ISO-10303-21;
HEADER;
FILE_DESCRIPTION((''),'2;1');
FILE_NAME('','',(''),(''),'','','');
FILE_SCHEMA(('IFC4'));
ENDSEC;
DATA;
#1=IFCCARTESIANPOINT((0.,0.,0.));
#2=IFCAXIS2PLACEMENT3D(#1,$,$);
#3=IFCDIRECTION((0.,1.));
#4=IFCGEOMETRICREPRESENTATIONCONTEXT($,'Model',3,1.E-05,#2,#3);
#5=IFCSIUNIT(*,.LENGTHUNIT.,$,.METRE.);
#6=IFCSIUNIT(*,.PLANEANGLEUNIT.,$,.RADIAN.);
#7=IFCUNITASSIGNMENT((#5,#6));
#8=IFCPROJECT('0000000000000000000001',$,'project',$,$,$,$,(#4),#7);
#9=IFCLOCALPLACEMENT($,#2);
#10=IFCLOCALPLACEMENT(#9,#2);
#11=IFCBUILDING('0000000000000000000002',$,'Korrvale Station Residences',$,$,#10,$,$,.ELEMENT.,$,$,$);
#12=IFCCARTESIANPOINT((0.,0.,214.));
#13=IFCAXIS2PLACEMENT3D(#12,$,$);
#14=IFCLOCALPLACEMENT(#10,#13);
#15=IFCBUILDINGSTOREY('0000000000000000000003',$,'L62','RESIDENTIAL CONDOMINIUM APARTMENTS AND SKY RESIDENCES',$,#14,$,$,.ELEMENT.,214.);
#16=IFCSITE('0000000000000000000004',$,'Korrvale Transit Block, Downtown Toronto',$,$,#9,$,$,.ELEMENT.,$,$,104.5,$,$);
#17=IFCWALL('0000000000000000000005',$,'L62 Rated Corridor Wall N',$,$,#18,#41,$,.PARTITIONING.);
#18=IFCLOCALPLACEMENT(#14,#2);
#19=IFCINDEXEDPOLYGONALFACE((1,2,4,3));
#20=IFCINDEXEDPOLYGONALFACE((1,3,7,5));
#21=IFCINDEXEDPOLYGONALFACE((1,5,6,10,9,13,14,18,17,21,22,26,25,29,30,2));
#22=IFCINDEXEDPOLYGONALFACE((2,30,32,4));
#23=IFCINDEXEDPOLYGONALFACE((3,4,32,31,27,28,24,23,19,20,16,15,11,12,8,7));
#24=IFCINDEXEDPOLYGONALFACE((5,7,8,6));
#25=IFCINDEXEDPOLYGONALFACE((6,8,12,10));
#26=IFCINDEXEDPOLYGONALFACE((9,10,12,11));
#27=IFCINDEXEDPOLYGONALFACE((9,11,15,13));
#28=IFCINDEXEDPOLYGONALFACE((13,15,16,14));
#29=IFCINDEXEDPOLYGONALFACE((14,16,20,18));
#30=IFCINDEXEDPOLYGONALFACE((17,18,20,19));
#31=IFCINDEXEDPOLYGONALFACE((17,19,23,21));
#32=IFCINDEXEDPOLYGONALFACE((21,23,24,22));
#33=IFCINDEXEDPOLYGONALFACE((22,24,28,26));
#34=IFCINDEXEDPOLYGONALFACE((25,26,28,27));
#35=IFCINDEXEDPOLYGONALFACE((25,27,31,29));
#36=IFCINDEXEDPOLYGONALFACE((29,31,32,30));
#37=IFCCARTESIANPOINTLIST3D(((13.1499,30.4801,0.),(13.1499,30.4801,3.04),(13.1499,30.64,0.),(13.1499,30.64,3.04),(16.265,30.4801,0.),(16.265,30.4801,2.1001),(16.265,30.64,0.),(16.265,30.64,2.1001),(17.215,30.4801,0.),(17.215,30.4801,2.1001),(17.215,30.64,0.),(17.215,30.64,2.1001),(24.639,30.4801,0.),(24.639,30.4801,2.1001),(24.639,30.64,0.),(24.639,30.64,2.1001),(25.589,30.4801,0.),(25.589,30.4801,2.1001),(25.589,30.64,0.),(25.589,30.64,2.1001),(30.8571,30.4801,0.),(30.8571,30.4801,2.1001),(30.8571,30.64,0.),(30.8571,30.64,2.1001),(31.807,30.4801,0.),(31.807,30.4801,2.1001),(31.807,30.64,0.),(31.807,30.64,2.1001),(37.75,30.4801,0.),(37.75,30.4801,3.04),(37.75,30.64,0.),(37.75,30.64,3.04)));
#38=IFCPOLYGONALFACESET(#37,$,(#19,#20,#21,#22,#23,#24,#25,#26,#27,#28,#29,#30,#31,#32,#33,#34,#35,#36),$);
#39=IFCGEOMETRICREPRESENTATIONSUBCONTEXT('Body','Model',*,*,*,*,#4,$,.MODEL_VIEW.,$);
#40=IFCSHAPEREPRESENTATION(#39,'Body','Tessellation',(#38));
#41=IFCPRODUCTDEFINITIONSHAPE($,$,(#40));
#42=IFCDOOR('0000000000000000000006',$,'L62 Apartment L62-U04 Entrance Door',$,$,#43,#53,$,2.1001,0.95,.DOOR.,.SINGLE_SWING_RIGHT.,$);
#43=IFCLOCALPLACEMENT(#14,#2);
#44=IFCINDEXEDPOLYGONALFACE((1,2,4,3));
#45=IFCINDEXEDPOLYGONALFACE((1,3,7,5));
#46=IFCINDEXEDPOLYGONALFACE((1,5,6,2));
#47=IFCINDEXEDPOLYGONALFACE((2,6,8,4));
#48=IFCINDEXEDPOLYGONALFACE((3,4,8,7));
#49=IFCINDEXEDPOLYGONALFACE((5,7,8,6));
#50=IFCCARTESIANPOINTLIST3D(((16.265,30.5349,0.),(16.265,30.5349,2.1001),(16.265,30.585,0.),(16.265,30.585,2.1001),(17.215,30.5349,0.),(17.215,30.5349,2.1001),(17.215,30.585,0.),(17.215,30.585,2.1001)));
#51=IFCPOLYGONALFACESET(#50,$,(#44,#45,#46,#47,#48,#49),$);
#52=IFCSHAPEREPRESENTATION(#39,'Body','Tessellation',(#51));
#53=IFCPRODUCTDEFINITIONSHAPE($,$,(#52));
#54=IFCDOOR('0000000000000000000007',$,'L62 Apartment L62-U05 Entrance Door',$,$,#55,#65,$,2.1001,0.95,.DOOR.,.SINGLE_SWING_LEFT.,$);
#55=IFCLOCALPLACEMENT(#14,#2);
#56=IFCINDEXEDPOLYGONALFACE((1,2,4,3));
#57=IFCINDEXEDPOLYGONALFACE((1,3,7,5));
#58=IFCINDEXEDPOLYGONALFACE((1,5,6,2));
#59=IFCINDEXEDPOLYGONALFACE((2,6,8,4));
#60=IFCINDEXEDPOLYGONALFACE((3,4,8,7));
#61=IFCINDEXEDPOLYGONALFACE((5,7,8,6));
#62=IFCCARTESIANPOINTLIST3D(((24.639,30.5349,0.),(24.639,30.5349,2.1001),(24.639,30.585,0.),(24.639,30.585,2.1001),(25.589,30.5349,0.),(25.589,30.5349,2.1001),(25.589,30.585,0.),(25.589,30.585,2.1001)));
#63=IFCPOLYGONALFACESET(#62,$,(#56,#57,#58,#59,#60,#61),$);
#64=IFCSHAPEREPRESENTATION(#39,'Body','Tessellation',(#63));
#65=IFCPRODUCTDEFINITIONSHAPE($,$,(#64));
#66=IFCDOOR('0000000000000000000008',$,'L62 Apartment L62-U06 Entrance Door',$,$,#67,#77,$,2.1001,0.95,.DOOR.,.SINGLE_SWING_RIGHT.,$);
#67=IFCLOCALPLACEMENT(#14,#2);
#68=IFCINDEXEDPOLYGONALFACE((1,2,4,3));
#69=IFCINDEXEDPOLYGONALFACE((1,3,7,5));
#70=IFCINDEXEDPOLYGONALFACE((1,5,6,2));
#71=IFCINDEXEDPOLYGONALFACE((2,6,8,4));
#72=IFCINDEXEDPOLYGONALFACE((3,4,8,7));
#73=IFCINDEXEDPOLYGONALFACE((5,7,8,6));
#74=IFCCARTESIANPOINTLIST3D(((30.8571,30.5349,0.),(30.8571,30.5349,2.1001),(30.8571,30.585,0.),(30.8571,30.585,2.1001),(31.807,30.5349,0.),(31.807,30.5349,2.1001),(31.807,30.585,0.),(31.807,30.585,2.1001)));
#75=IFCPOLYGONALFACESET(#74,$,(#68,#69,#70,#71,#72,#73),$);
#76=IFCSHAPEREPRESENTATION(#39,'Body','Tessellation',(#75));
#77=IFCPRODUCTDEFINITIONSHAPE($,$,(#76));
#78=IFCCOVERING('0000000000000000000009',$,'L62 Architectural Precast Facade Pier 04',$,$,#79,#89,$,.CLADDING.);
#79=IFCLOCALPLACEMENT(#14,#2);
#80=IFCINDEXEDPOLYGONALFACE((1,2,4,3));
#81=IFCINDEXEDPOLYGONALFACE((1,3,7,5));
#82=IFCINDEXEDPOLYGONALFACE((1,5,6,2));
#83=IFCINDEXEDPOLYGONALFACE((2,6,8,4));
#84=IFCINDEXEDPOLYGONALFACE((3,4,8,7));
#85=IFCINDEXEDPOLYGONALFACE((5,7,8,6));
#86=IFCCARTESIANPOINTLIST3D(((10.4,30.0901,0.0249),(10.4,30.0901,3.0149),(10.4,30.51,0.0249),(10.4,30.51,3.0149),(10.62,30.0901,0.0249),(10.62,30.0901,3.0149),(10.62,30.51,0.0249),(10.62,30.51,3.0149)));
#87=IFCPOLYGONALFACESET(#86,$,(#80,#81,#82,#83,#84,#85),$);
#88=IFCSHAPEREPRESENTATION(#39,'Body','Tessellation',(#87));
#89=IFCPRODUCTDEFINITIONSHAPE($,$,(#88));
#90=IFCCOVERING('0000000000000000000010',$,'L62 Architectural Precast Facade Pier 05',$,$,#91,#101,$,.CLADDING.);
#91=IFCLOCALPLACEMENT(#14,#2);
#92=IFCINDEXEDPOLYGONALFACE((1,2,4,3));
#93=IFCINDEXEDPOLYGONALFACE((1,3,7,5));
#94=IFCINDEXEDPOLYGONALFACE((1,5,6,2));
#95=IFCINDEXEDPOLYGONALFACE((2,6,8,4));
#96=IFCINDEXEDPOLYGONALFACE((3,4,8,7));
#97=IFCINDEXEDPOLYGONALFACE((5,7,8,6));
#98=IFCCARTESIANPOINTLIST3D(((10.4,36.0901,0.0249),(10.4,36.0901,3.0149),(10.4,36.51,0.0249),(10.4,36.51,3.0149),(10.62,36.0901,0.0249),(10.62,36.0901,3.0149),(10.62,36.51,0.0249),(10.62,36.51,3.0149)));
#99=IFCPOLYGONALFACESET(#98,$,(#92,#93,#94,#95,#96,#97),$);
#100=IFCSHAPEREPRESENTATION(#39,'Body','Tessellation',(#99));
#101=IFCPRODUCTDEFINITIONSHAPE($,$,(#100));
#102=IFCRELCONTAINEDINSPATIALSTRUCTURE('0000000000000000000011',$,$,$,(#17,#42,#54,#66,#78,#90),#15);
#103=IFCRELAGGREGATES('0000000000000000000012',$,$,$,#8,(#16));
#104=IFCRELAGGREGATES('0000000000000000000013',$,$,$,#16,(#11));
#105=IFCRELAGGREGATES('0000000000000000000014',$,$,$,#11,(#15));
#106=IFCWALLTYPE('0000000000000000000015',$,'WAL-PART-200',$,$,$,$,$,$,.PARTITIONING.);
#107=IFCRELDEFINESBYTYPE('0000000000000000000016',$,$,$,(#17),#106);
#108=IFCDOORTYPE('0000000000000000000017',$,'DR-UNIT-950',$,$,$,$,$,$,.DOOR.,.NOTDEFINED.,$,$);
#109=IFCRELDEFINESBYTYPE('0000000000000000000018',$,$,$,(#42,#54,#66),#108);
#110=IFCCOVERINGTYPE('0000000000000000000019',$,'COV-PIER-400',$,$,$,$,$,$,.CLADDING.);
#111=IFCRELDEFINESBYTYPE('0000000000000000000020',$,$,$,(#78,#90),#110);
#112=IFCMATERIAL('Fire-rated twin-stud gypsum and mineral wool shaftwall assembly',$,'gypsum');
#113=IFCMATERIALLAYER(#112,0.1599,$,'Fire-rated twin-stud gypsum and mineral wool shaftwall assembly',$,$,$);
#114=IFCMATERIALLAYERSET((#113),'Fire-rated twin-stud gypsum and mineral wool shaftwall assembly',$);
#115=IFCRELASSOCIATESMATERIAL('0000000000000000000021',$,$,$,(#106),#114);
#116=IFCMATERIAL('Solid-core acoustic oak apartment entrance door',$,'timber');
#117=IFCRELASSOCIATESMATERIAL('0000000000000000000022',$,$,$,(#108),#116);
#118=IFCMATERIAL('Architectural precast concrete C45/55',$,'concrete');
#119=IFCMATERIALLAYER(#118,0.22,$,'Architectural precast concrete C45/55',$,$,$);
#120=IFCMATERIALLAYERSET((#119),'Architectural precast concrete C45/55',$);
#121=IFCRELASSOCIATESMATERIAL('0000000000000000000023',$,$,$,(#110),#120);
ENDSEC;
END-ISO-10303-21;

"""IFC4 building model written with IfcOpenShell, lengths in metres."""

from ifc_helpers import new_model, si_unit, direction, frame, frame_2d, origin, origin_2d, place, context, subcontext, project, spatial, rectangle, extrude, material, layer, layer_set, type_object, element, fill, save


model = new_model("IFC4")

# Units and contexts
model_context = context("Model", 3, precision=1e-05, world=origin(), true_north=direction((0.0, 1.0)))
body_context = subcontext(model_context, "Body", "Model", "MODEL_VIEW")
ifc_project = project(units=[si_unit("LENGTHUNIT", "METRE"), si_unit("PLANEANGLEUNIT", "RADIAN")], contexts=[model_context])

# Site, building, storey
site_placement = place(None, origin())
site = spatial("IfcSite", under=ifc_project, at=site_placement, Name="Korrvale Transit Block, Downtown Toronto", CompositionType="ELEMENT", RefElevation=104.5)
building_placement = place(site_placement, origin())
building = spatial("IfcBuilding", under=site, at=building_placement, Name="Korrvale Station Residences", CompositionType="ELEMENT")
storey_placement = place(building_placement, frame((0.0, 0.0, 214.0)))
storey = spatial("IfcBuildingStorey", under=building, at=storey_placement, Name="L62", Description="RESIDENTIAL CONDOMINIUM APARTMENTS AND SKY RESIDENCES", CompositionType="ELEMENT", Elevation=214.0)

# Shared definitions
ifc_material_1 = material(Name="Fire-rated twin-stud gypsum and mineral wool shaftwall assembly", Category="gypsum")
ifc_layer_1 = layer(ifc_material_1, 0.1599, Name="Fire-rated twin-stud gypsum and mineral wool shaftwall assembly")
ifc_layer_set_1 = layer_set([ifc_layer_1], Name="Fire-rated twin-stud gypsum and mineral wool shaftwall assembly")
wall_type_1 = type_object("IfcWallType", Name="WAL-PART-200", PredefinedType="PARTITIONING", material=ifc_layer_set_1)

# Wall, openings, doors
wall_1_placement = place(storey_placement, frame((13.1499, 30.5601, 0.0), z_axis=(0.0, 0.0, 1.0), x_axis=(1.0, 0.0, 0.0)))
wall_1 = element("IfcWall", 1, at=wall_1_placement, inside=storey, type_object=wall_type_1, Name="L62 Rated Corridor Wall N", PredefinedType="PARTITIONING", context=body_context, shape_type="SweptSolid", body=[
    extrude(rectangle(XDim=24.6001, YDim=0.1599, at=frame_2d((12.3, 0.0))), origin(), (0.0, 0.0, 1.0), 3.04),
])
opening_1_placement = place(wall_1_placement, frame((3.115, 0.0, 0.0)))
opening_1 = element("IfcOpeningElement", 2, at=opening_1_placement, cuts=wall_1, PredefinedType="OPENING", context=body_context, shape_type="SweptSolid", body=[
    extrude(rectangle(XDim=0.95, YDim=2.1001, at=frame_2d((0.4751, 1.05))), frame((0.0, 0.0898, 0.0), z_axis=(0.0, -1.0, 0.0), x_axis=(1.0, 0.0, 0.0)), (0.0, 0.0, 1.0), 0.1799),
])
opening_2_placement = place(wall_1_placement, frame((11.489, 0.0, 0.0)))
opening_2 = element("IfcOpeningElement", 3, at=opening_2_placement, cuts=wall_1, PredefinedType="OPENING", context=body_context, shape_type="SweptSolid", body=[
    extrude(rectangle(XDim=0.95, YDim=2.1001, at=frame_2d((0.4751, 1.05))), frame((0.0, 0.0898, 0.0), z_axis=(0.0, -1.0, 0.0), x_axis=(1.0, 0.0, 0.0)), (0.0, 0.0, 1.0), 0.1799),
])
opening_3_placement = place(wall_1_placement, frame((17.707, 0.0, 0.0)))
opening_3 = element("IfcOpeningElement", 4, at=opening_3_placement, cuts=wall_1, PredefinedType="OPENING", context=body_context, shape_type="SweptSolid", body=[
    extrude(rectangle(XDim=0.95, YDim=2.1001, at=frame_2d((0.4751, 1.05))), frame((0.0, 0.0898, 0.0), z_axis=(0.0, -1.0, 0.0), x_axis=(1.0, 0.0, 0.0)), (0.0, 0.0, 1.0), 0.1799),
])
ifc_material_2 = material(Name="Solid-core acoustic oak apartment entrance door", Category="timber")
door_type = type_object("IfcDoorType", Name="DR-UNIT-950", OperationType="NOTDEFINED", PredefinedType="DOOR", material=ifc_material_2)
door_1_placement = place(opening_1_placement, origin())
door_1 = element("IfcDoor", 5, at=door_1_placement, inside=storey, type_object=door_type, Name="L62 Apartment L62-U04 Entrance Door", OperationType="SINGLE_SWING_RIGHT", OverallHeight=2.1001, OverallWidth=0.95, PredefinedType="DOOR", context=body_context, shape_type="SweptSolid", body=[
    extrude(rectangle(XDim=0.95, YDim=2.1001, at=frame_2d((0.4751, 1.05))), frame((0.0, 0.0249, 0.0), z_axis=(0.0, -1.0, 0.0), x_axis=(1.0, 0.0, 0.0)), (0.0, 0.0, 1.0), 0.05),
])
fill(opening_1, door_1)
door_2_placement = place(opening_2_placement, origin())
door_2 = element("IfcDoor", 6, at=door_2_placement, inside=storey, type_object=door_type, Name="L62 Apartment L62-U05 Entrance Door", OperationType="SINGLE_SWING_LEFT", OverallHeight=2.1001, OverallWidth=0.95, PredefinedType="DOOR", context=body_context, shape_type="SweptSolid", body=[
    extrude(rectangle(XDim=0.95, YDim=2.1001, at=frame_2d((0.4751, 1.05))), frame((0.0, 0.0249, 0.0), z_axis=(0.0, -1.0, 0.0), x_axis=(1.0, 0.0, 0.0)), (0.0, 0.0, 1.0), 0.05),
])
fill(opening_2, door_2)
door_3_placement = place(opening_3_placement, origin())
door_3 = element("IfcDoor", 7, at=door_3_placement, inside=storey, type_object=door_type, Name="L62 Apartment L62-U06 Entrance Door", OperationType="SINGLE_SWING_RIGHT", OverallHeight=2.1001, OverallWidth=0.95, PredefinedType="DOOR", context=body_context, shape_type="SweptSolid", body=[
    extrude(rectangle(XDim=0.95, YDim=2.1001, at=frame_2d((0.4751, 1.05))), frame((0.0, 0.0249, 0.0), z_axis=(0.0, -1.0, 0.0), x_axis=(1.0, 0.0, 0.0)), (0.0, 0.0, 1.0), 0.05),
])
fill(opening_3, door_3)

# Coverings
ifc_material_3 = material(Name="Architectural precast concrete C45/55", Category="concrete")
ifc_layer_2 = layer(ifc_material_3, 0.22, Name="Architectural precast concrete C45/55")
ifc_layer_set_2 = layer_set([ifc_layer_2], Name="Architectural precast concrete C45/55")
covering_type = type_object("IfcCoveringType", Name="COV-PIER-400", PredefinedType="CLADDING", material=ifc_layer_set_2)
for number, where, z_axis, x_axis, name in (
    (8, (10.51, 30.3, 0.0249), (0.0, 0.0, 1.0), (0.0, 1.0, 0.0), "L62 Architectural Precast Facade Pier 04"),
    (9, (10.51, 36.3, 0.0249), (0.0, 0.0, 1.0), (0.0, 1.0, 0.0), "L62 Architectural Precast Facade Pier 05"),
):
    element("IfcCovering", number, at=place(storey_placement, frame(where, z_axis=z_axis, x_axis=x_axis)), inside=storey, type_object=covering_type, Name=name, PredefinedType="CLADDING", context=body_context, shape_type="SweptSolid", body=[
        extrude(rectangle(XDim=0.4199, YDim=0.22, at=origin_2d()), origin(), (0.0, 0.0, 1.0), 2.99),
    ])

save(model, "model.ifc")
